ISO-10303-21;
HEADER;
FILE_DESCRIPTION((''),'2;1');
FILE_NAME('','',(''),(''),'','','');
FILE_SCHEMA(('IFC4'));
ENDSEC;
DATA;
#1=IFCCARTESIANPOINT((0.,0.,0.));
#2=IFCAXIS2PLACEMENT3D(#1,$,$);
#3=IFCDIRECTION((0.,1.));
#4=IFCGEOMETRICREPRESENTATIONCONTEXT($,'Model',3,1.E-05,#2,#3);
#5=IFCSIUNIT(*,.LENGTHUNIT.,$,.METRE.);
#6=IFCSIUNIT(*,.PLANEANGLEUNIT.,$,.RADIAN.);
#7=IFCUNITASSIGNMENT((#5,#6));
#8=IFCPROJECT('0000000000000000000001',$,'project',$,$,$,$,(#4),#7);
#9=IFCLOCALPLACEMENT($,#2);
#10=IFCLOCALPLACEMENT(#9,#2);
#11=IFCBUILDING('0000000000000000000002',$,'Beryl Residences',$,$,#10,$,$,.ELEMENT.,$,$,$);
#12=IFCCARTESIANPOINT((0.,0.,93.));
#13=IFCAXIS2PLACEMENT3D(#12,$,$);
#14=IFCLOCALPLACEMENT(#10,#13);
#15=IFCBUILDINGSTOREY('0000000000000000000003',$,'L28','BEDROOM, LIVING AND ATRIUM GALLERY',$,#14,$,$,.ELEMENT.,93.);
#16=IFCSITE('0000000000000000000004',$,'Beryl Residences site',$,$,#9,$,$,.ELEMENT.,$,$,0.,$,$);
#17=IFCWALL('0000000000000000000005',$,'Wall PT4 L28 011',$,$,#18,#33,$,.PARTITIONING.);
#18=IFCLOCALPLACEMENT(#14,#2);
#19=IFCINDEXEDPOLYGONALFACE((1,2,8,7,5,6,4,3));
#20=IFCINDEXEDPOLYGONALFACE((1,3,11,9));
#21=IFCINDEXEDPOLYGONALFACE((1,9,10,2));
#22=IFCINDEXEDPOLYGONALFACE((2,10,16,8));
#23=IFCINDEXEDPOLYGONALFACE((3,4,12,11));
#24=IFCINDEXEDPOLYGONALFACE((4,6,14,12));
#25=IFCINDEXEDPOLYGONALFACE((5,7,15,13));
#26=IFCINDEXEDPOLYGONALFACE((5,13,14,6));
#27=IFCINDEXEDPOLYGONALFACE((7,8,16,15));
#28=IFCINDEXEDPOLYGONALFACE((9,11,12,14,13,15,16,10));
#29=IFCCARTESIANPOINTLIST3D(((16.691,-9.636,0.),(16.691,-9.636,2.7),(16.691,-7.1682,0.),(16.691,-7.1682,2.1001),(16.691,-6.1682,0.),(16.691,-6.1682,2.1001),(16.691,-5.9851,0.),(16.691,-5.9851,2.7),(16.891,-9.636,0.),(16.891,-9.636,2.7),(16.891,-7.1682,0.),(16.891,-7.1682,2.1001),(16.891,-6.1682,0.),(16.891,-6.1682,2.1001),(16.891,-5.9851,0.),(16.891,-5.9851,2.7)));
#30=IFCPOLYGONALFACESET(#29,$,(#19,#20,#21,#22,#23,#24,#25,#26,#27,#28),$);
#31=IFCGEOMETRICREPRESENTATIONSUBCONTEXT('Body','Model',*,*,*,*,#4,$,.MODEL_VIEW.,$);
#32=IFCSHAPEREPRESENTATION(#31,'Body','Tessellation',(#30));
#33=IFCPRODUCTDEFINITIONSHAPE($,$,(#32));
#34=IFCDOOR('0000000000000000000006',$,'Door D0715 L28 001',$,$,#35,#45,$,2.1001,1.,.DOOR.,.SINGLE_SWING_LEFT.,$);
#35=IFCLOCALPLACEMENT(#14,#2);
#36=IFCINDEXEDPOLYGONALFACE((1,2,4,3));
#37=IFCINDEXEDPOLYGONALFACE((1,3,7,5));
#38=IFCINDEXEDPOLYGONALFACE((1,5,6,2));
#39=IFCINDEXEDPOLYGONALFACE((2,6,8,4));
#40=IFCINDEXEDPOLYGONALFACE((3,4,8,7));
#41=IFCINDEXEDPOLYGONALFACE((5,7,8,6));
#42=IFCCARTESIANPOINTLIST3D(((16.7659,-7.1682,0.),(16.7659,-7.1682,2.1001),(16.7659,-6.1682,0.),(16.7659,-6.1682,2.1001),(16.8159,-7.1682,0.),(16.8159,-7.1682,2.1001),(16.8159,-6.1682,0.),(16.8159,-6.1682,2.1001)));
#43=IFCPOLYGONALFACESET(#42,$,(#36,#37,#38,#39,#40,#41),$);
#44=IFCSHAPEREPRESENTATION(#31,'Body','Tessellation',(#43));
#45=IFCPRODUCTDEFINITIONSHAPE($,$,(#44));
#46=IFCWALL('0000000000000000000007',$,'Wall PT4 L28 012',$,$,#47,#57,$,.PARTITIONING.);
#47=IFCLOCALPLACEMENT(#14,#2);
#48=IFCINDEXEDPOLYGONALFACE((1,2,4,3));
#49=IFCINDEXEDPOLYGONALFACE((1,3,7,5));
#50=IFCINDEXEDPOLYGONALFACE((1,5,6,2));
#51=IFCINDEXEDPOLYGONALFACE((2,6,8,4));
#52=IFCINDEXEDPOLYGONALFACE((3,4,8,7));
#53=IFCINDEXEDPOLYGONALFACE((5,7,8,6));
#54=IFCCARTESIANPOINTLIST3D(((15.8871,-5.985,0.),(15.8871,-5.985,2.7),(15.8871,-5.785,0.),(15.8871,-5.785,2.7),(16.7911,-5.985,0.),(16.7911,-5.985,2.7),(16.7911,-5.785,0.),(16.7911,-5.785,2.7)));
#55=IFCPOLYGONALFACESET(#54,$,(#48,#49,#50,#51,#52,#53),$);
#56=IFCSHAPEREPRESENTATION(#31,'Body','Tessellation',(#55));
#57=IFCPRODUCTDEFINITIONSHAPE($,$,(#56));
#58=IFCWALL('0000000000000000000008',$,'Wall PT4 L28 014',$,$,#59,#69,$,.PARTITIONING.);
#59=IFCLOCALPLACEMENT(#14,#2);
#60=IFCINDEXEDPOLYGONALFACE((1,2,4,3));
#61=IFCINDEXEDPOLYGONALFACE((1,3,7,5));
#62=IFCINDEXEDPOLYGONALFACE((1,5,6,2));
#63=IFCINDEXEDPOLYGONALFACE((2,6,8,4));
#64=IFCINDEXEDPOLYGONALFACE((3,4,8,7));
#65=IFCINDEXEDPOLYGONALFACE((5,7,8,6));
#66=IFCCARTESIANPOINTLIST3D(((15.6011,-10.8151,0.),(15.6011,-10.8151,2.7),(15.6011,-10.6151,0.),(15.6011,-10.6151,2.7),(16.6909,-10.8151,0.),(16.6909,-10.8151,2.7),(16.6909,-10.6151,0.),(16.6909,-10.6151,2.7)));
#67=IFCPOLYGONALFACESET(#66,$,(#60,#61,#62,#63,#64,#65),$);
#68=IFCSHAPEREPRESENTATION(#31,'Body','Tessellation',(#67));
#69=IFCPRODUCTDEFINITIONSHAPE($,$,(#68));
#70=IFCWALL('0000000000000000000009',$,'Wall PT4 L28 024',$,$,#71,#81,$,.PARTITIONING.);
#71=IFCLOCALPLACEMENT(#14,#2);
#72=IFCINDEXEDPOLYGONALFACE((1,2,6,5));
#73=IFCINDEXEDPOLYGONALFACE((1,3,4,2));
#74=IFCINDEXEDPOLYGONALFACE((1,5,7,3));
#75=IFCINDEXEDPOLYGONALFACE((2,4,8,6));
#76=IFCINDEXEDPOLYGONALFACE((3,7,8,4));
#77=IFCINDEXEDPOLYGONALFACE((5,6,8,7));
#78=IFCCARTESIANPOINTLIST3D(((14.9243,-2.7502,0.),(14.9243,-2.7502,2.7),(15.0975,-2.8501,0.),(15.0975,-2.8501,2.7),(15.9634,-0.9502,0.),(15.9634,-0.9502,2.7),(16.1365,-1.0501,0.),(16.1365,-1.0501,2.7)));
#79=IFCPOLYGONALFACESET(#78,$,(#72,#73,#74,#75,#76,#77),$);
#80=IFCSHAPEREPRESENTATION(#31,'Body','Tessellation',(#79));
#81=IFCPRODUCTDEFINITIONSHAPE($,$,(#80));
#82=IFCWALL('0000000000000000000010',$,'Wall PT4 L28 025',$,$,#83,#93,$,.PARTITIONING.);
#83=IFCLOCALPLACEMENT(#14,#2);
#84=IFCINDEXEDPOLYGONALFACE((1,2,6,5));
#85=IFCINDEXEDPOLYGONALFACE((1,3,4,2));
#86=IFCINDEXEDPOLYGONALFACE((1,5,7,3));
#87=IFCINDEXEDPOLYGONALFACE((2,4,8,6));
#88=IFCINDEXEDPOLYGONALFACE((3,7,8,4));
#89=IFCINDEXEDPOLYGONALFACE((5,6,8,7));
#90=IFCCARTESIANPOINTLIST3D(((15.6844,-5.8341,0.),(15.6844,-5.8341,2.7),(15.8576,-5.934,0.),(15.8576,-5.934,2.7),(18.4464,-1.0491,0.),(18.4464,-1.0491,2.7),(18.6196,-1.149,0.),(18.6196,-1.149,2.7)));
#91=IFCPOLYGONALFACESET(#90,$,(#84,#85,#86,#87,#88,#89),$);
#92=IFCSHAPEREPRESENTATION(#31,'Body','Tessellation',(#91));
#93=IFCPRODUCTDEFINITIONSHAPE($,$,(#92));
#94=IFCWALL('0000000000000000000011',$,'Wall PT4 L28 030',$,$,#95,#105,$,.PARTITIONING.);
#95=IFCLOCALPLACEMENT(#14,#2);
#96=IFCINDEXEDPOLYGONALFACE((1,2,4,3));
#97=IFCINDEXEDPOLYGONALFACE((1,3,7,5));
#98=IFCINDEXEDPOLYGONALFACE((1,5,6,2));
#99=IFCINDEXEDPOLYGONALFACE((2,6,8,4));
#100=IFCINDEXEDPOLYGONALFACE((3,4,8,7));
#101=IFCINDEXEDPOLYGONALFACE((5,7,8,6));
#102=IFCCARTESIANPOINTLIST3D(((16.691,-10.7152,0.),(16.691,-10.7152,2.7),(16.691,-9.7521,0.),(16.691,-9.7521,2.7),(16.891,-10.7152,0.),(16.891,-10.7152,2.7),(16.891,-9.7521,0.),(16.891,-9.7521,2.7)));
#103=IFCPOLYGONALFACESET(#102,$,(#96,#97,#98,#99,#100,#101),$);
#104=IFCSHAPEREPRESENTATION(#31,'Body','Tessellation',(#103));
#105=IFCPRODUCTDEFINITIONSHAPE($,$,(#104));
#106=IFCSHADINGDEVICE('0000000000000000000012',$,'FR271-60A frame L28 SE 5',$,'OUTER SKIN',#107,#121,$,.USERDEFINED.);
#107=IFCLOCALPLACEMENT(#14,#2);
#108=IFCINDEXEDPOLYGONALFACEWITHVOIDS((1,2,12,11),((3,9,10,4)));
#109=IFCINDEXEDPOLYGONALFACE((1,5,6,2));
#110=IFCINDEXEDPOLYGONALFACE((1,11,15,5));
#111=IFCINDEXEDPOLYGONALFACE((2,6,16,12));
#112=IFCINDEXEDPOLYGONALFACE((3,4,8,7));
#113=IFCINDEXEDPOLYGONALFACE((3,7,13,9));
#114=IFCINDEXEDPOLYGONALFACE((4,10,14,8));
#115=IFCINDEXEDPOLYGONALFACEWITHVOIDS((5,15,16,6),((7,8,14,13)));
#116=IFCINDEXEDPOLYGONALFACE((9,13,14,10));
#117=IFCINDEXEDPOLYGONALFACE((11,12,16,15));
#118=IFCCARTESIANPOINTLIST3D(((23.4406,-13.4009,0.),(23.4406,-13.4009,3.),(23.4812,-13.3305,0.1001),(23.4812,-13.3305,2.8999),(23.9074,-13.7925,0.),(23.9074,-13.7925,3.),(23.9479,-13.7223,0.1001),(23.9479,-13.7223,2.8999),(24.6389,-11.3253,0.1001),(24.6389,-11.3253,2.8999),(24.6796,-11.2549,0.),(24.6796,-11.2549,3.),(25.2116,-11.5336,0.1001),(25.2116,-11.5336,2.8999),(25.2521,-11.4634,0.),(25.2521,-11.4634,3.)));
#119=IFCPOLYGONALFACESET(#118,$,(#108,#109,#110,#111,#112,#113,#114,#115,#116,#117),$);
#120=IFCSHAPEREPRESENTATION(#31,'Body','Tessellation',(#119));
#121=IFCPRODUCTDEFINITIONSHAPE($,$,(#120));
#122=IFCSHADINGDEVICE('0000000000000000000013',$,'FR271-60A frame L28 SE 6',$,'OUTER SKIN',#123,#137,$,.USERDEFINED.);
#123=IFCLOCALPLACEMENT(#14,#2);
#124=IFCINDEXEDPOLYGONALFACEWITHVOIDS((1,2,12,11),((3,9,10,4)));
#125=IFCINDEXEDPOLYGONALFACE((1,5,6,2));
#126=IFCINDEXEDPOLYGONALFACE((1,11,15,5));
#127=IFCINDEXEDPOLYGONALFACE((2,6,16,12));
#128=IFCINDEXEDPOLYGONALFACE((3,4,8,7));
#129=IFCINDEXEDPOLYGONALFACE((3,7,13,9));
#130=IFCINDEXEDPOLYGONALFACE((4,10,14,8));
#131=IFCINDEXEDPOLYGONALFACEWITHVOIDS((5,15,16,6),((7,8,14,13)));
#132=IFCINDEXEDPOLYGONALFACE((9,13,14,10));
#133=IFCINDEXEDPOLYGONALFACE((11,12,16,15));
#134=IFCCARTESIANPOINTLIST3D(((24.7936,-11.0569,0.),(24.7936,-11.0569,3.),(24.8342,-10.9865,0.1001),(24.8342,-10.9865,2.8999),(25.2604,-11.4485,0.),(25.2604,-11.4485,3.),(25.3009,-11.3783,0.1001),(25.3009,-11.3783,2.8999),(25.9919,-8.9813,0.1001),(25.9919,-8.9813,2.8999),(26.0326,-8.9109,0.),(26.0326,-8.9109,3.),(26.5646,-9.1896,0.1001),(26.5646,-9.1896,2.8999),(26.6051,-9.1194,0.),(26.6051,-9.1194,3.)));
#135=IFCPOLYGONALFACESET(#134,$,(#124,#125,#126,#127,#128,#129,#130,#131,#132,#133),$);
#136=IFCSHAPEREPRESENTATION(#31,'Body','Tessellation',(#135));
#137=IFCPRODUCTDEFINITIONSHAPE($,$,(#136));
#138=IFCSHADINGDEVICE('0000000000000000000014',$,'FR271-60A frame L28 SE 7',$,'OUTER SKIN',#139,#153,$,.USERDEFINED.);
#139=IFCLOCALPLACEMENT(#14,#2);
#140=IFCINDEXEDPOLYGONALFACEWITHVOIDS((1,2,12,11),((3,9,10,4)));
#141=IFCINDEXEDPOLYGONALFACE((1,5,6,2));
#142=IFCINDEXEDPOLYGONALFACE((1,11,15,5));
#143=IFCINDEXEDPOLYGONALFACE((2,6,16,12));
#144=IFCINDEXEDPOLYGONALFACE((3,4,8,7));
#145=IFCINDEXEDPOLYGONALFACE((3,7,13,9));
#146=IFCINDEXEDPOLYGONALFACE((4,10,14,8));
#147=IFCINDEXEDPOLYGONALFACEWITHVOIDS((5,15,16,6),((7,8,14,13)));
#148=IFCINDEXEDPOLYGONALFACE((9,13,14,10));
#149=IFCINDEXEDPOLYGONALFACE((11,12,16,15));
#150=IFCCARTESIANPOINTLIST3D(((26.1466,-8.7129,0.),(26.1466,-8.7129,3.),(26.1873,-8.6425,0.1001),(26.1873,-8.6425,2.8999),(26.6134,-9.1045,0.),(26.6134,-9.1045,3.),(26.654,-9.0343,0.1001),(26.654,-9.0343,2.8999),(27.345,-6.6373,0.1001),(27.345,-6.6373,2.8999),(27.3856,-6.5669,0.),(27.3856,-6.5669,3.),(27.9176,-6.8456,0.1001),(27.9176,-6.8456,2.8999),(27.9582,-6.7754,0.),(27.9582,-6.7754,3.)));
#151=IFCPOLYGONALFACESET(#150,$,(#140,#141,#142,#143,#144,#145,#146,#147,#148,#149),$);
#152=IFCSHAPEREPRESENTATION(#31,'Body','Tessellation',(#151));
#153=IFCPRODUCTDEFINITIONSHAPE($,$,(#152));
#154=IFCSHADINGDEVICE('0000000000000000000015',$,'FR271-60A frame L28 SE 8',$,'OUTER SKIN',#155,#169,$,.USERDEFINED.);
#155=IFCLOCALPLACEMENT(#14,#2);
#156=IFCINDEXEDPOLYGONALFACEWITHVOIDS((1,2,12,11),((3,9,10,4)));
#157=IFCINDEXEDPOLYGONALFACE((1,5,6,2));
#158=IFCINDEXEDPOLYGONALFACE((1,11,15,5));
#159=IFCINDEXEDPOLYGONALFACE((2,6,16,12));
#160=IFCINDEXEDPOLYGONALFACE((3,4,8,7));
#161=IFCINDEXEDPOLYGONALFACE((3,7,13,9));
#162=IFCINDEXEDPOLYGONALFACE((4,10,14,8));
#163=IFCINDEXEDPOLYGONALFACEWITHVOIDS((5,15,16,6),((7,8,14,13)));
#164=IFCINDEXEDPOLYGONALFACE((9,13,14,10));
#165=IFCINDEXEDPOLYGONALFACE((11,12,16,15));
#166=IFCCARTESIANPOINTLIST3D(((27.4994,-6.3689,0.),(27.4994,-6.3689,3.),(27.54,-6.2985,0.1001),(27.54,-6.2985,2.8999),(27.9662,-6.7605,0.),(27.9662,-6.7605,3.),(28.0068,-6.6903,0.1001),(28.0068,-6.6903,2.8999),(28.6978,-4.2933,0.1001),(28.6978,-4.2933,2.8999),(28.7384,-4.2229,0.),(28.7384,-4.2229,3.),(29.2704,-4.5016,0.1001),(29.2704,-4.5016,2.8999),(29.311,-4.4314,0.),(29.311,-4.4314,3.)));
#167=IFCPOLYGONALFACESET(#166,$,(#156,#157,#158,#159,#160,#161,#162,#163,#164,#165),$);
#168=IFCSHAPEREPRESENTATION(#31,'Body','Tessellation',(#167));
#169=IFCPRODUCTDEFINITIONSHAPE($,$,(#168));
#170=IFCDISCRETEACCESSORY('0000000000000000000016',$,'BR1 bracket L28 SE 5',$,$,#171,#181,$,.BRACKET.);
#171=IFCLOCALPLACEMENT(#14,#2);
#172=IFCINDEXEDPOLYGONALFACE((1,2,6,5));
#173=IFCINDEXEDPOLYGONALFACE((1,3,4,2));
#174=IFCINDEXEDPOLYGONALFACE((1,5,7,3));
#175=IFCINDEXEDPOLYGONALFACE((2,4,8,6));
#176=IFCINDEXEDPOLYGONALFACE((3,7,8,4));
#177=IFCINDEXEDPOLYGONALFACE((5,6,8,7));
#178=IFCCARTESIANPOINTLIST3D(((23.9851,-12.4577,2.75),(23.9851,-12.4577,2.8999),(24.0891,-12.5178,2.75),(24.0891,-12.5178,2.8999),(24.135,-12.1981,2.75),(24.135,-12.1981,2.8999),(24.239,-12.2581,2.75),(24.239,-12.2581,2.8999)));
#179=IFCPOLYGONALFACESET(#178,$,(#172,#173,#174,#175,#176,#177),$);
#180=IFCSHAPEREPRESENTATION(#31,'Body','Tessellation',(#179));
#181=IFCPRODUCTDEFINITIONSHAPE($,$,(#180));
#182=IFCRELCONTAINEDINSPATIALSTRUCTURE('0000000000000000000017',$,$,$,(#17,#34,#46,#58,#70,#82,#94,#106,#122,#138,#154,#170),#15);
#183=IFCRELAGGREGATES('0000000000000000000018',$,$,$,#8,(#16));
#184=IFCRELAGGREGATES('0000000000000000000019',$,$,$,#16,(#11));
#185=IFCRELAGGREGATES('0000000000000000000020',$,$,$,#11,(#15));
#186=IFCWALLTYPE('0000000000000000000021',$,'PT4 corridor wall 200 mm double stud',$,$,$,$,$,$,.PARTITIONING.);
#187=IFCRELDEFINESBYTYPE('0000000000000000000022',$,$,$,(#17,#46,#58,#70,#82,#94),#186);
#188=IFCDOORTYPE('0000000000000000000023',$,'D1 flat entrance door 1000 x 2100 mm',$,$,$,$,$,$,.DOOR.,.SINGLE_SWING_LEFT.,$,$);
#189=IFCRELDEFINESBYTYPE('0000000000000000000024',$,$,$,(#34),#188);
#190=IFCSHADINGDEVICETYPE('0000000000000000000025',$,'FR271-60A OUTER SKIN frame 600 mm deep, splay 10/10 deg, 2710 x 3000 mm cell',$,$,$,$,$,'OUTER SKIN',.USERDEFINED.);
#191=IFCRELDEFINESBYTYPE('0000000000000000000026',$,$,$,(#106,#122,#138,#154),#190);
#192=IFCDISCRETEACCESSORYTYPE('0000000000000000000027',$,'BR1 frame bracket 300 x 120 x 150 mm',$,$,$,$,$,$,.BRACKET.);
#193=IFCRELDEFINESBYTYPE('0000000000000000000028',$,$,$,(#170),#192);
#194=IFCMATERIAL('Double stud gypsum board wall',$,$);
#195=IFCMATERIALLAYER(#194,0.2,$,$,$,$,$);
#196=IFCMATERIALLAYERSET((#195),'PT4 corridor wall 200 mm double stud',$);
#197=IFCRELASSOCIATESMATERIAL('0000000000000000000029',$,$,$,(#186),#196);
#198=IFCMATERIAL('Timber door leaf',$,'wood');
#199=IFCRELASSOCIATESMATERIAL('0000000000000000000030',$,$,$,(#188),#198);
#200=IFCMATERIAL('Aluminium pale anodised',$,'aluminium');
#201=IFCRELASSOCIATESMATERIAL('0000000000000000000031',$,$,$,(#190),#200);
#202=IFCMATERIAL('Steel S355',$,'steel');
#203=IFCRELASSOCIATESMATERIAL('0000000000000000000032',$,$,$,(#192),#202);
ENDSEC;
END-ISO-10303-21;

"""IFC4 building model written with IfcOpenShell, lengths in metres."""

from ifc_helpers import new_model, entity, si_unit, direction, frame, frame_2d, origin, place, context, subcontext, project, spatial, polyline, rectangle, outline, extrude, source, transform, mapped, material, layer, layer_set, type_object, type_shapes, element, fill, save


model = new_model("IFC4")

# Units and contexts
model_context = context("Model", 3, precision=1e-05, world=origin(), true_north=direction((0.0, 1.0)))
body_context = subcontext(model_context, "Body", "Model", "MODEL_VIEW")
ifc_project = project(units=[si_unit("LENGTHUNIT", "METRE"), si_unit("PLANEANGLEUNIT", "RADIAN")], contexts=[model_context])

# Site, building, storey
site_placement = place(None, origin())
site = spatial("IfcSite", under=ifc_project, at=site_placement, Name="Beryl Residences site", CompositionType="ELEMENT", RefElevation=0.0)
building_placement = place(site_placement, origin())
building = spatial("IfcBuilding", under=site, at=building_placement, Name="Beryl Residences", CompositionType="ELEMENT")
storey_placement = place(building_placement, frame((0.0, 0.0, 93.0)))
storey = spatial("IfcBuildingStorey", under=building, at=storey_placement, Name="L28", Description="BEDROOM, LIVING AND ATRIUM GALLERY", CompositionType="ELEMENT", Elevation=93.0)

# Wall, opening, door
ifc_material_1 = material(Name="Double stud gypsum board wall")
ifc_layer_1 = layer(ifc_material_1, 0.2)
ifc_layer_set_1 = layer_set([ifc_layer_1], Name="PT4 corridor wall 200 mm double stud")
wall_type_1 = type_object("IfcWallType", Name="PT4 corridor wall 200 mm double stud", PredefinedType="PARTITIONING", material=ifc_layer_set_1)
wall_1_placement = place(storey_placement, frame((16.791, -5.9851, 0.0), z_axis=(0.0, 0.0, 1.0), x_axis=(0.0, -1.0, 0.0)))
wall_1 = element("IfcWall", 1, at=wall_1_placement, inside=storey, type_object=wall_type_1, Name="Wall PT4 L28 011", PredefinedType="PARTITIONING", context=body_context, shape_type="SweptSolid", body=[
    extrude(rectangle(XDim=3.6509, YDim=0.2, at=frame_2d((1.8254, 0.0))), origin(), (0.0, 0.0, 1.0), 2.7),
])
opening_1_placement = place(wall_1_placement, frame((0.1831, 0.0, 0.0)))
opening_1 = element("IfcOpeningElement", 2, at=opening_1_placement, cuts=wall_1, PredefinedType="OPENING", context=body_context, shape_type="SweptSolid", body=[
    extrude(rectangle(XDim=1.0, YDim=2.1001, at=frame_2d((0.5, 1.05))), frame((0.0, 0.1099, 0.0), z_axis=(0.0, -1.0, 0.0), x_axis=(1.0, 0.0, 0.0)), (0.0, 0.0, 1.0), 0.22),
])
ifc_material_2 = material(Name="Timber door leaf", Category="wood")
door_type_1 = type_object("IfcDoorType", Name="D1 flat entrance door 1000 x 2100 mm", OperationType="SINGLE_SWING_LEFT", PredefinedType="DOOR", material=ifc_material_2)
door_1_placement = place(opening_1_placement, origin())
door_1 = element("IfcDoor", 3, at=door_1_placement, inside=storey, type_object=door_type_1, Name="Door D0715 L28 001", OperationType="SINGLE_SWING_LEFT", OverallHeight=2.1001, OverallWidth=1.0, PredefinedType="DOOR", context=body_context, shape_type="SweptSolid", body=[
    extrude(rectangle(XDim=1.0, YDim=2.1001, at=frame_2d((0.5, 1.05))), frame((0.0, 0.0249, 0.0), z_axis=(0.0, -1.0, 0.0), x_axis=(1.0, 0.0, 0.0)), (0.0, 0.0, 1.0), 0.05),
])
fill(opening_1, door_1)

# Walls
wall_2_placement = place(storey_placement, frame((15.887, -5.885, 0.0), z_axis=(0.0, 0.0, 1.0), x_axis=(1.0, 0.0, 0.0)))
element("IfcWall", 4, at=wall_2_placement, inside=storey, type_object=wall_type_1, Name="Wall PT4 L28 012", PredefinedType="PARTITIONING", context=body_context, shape_type="SweptSolid", body=[
    extrude(rectangle(XDim=0.9041, YDim=0.2, at=frame_2d((0.4521, 0.0))), origin(), (0.0, 0.0, 1.0), 2.7),
])
wall_3_placement = place(storey_placement, frame((15.6011, -10.7151, 0.0), z_axis=(0.0, 0.0, 1.0), x_axis=(1.0, 0.0, 0.0)))
element("IfcWall", 5, at=wall_3_placement, inside=storey, type_object=wall_type_1, Name="Wall PT4 L28 014", PredefinedType="PARTITIONING", context=body_context, shape_type="SweptSolid", body=[
    extrude(rectangle(XDim=1.0898, YDim=0.2, at=frame_2d((0.5449, 0.0))), origin(), (0.0, 0.0, 1.0), 2.7),
])
wall_4_placement = place(storey_placement, frame((15.011, -2.8, 0.0), z_axis=(0.0, 0.0, 1.0), x_axis=(0.499929, 0.866066, 0.0)))
element("IfcWall", 6, at=wall_4_placement, inside=storey, type_object=wall_type_1, Name="Wall PT4 L28 024", PredefinedType="PARTITIONING", context=body_context, shape_type="SweptSolid", body=[
    extrude(rectangle(XDim=2.0784, YDim=0.2, at=frame_2d((1.0391, 0.0))), origin(), (0.0, 0.0, 1.0), 2.7),
])
wall_5_placement = place(storey_placement, frame((15.771, -5.884, 0.0), z_axis=(0.0, 0.0, 1.0), x_axis=(0.499918, 0.866073, 0.0)))
element("IfcWall", 7, at=wall_5_placement, inside=storey, type_object=wall_type_1, Name="Wall PT4 L28 025", PredefinedType="PARTITIONING", context=body_context, shape_type="SweptSolid", body=[
    extrude(rectangle(XDim=5.5249, YDim=0.2, at=frame_2d((2.7625, 0.0))), origin(), (0.0, 0.0, 1.0), 2.7),
])
wall_6_placement = place(storey_placement, frame((16.791, -10.7151, 0.0), z_axis=(0.0, 0.0, 1.0), x_axis=(0.0, 1.0, 0.0)))
element("IfcWall", 8, at=wall_6_placement, inside=storey, type_object=wall_type_1, Name="Wall PT4 L28 030", PredefinedType="PARTITIONING", context=body_context, shape_type="SweptSolid", body=[
    extrude(rectangle(XDim=0.9631, YDim=0.2, at=frame_2d((0.4814, 0.0))), origin(), (0.0, 0.0, 1.0), 2.7),
])

# Shading devices
ifc_material_3 = material(Name="Aluminium pale anodised", Category="aluminium")
shading_device_type = type_object("IfcShadingDeviceType", Name="FR271-60A OUTER SKIN frame 600 mm deep, splay 10/10 deg, 2710 x 3000 mm cell", ElementType="OUTER SKIN", PredefinedType="USERDEFINED", material=ifc_material_3)
cartesian_point_1 = entity("IfcCartesianPoint", [-1.239, 0.0])
cartesian_point_2 = entity("IfcCartesianPoint", [-1.1577, 0.1001])
cartesian_point_3 = entity("IfcCartesianPoint", [-1.3447, 0.0])
cartesian_point_4 = entity("IfcCartesianPoint", [-1.2637, 0.1001])
shared_shape_1 = source(origin(), body_context, "Body", "SweptSolid", [
    entity("IfcExtrudedAreaSolidTapered", entity("IfcArbitraryProfileDefWithVoids", "AREA", None, entity("IfcPolyline", [cartesian_point_1, entity("IfcCartesianPoint", [1.239, 0.0]), entity("IfcCartesianPoint", [1.239, 3.0]), entity("IfcCartesianPoint", [-1.239, 3.0]), cartesian_point_1]), [entity("IfcPolyline", [cartesian_point_2, entity("IfcCartesianPoint", [1.1577, 0.1001]), entity("IfcCartesianPoint", [1.1577, 2.8999]), entity("IfcCartesianPoint", [-1.1577, 2.8999]), cartesian_point_2])]), entity("IfcAxis2Placement3D", entity("IfcCartesianPoint", [0.0, 0.0, 0.0]), entity("IfcDirection", [0.0, 1.0, 0.0]), entity("IfcDirection", [-1.0, 0.0, 0.0])), entity("IfcDirection", [0.0, 0.0, 1.0]), 0.6001, entity("IfcArbitraryProfileDefWithVoids", "AREA", None, entity("IfcPolyline", [cartesian_point_3, entity("IfcCartesianPoint", [1.3447, 0.0]), entity("IfcCartesianPoint", [1.3447, 3.0]), entity("IfcCartesianPoint", [-1.3447, 3.0]), cartesian_point_3]), [entity("IfcPolyline", [cartesian_point_4, entity("IfcCartesianPoint", [1.2637, 0.1001]), entity("IfcCartesianPoint", [1.2637, 2.8999]), entity("IfcCartesianPoint", [-1.2637, 2.8999]), cartesian_point_4])])),
])
type_shapes(shading_device_type, [shared_shape_1])
for number, where, z_axis, x_axis, name in (
    (9, (24.0601, -12.3279, 0.0), (0.0, 0.0, 1.0), (-0.5, -0.866025, 0.0), "FR271-60A frame L28 SE 5"),
    (10, (25.4131, -9.9839, 0.0), (0.0, 0.0, 1.0), (-0.5, -0.866025, 0.0), "FR271-60A frame L28 SE 6"),
    (11, (26.7661, -7.6399, 0.0), (0.0, 0.0, 1.0), (-0.5, -0.866025, 0.0), "FR271-60A frame L28 SE 7"),
    (12, (28.1189, -5.2959, 0.0), (0.0, 0.0, 1.0), (-0.5, -0.866025, 0.0), "FR271-60A frame L28 SE 8"),
):
    element("IfcShadingDevice", number, at=place(storey_placement, frame(where, z_axis=z_axis, x_axis=x_axis)), inside=storey, type_object=shading_device_type, Name=name, ObjectType="OUTER SKIN", PredefinedType="USERDEFINED", context=body_context, shape_type="MappedRepresentation", body=[
        mapped(shared_shape_1, transform((0.0, 0.0, 0.0))),
    ])

# Discrete accessory
ifc_material_4 = material(Name="Steel S355", Category="steel")
discrete_accessory_type = type_object("IfcDiscreteAccessoryType", Name="BR1 frame bracket 300 x 120 x 150 mm", PredefinedType="BRACKET", material=ifc_material_4)
shared_shape_2 = source(origin(), body_context, "Body", "SweptSolid", [
    extrude(outline(polyline([(-0.1499, 0.0), (0.1499, 0.0), (0.1499, 0.1201), (-0.1499, 0.1201), (-0.1499, 0.0)])), origin(), (0.0, 0.0, 1.0), 0.1499),
])
type_shapes(discrete_accessory_type, [shared_shape_2])
discrete_accessory_placement = place(storey_placement, frame((24.0601, -12.3279, 2.75), z_axis=(0.0, 0.0, 1.0), x_axis=(-0.5, -0.866025, 0.0)))
element("IfcDiscreteAccessory", 13, at=discrete_accessory_placement, inside=storey, type_object=discrete_accessory_type, Name="BR1 bracket L28 SE 5", PredefinedType="BRACKET", context=body_context, shape_type="MappedRepresentation", body=[
    mapped(shared_shape_2, transform((0.0, 0.0, 0.0))),
])

save(model, "model.ifc")
